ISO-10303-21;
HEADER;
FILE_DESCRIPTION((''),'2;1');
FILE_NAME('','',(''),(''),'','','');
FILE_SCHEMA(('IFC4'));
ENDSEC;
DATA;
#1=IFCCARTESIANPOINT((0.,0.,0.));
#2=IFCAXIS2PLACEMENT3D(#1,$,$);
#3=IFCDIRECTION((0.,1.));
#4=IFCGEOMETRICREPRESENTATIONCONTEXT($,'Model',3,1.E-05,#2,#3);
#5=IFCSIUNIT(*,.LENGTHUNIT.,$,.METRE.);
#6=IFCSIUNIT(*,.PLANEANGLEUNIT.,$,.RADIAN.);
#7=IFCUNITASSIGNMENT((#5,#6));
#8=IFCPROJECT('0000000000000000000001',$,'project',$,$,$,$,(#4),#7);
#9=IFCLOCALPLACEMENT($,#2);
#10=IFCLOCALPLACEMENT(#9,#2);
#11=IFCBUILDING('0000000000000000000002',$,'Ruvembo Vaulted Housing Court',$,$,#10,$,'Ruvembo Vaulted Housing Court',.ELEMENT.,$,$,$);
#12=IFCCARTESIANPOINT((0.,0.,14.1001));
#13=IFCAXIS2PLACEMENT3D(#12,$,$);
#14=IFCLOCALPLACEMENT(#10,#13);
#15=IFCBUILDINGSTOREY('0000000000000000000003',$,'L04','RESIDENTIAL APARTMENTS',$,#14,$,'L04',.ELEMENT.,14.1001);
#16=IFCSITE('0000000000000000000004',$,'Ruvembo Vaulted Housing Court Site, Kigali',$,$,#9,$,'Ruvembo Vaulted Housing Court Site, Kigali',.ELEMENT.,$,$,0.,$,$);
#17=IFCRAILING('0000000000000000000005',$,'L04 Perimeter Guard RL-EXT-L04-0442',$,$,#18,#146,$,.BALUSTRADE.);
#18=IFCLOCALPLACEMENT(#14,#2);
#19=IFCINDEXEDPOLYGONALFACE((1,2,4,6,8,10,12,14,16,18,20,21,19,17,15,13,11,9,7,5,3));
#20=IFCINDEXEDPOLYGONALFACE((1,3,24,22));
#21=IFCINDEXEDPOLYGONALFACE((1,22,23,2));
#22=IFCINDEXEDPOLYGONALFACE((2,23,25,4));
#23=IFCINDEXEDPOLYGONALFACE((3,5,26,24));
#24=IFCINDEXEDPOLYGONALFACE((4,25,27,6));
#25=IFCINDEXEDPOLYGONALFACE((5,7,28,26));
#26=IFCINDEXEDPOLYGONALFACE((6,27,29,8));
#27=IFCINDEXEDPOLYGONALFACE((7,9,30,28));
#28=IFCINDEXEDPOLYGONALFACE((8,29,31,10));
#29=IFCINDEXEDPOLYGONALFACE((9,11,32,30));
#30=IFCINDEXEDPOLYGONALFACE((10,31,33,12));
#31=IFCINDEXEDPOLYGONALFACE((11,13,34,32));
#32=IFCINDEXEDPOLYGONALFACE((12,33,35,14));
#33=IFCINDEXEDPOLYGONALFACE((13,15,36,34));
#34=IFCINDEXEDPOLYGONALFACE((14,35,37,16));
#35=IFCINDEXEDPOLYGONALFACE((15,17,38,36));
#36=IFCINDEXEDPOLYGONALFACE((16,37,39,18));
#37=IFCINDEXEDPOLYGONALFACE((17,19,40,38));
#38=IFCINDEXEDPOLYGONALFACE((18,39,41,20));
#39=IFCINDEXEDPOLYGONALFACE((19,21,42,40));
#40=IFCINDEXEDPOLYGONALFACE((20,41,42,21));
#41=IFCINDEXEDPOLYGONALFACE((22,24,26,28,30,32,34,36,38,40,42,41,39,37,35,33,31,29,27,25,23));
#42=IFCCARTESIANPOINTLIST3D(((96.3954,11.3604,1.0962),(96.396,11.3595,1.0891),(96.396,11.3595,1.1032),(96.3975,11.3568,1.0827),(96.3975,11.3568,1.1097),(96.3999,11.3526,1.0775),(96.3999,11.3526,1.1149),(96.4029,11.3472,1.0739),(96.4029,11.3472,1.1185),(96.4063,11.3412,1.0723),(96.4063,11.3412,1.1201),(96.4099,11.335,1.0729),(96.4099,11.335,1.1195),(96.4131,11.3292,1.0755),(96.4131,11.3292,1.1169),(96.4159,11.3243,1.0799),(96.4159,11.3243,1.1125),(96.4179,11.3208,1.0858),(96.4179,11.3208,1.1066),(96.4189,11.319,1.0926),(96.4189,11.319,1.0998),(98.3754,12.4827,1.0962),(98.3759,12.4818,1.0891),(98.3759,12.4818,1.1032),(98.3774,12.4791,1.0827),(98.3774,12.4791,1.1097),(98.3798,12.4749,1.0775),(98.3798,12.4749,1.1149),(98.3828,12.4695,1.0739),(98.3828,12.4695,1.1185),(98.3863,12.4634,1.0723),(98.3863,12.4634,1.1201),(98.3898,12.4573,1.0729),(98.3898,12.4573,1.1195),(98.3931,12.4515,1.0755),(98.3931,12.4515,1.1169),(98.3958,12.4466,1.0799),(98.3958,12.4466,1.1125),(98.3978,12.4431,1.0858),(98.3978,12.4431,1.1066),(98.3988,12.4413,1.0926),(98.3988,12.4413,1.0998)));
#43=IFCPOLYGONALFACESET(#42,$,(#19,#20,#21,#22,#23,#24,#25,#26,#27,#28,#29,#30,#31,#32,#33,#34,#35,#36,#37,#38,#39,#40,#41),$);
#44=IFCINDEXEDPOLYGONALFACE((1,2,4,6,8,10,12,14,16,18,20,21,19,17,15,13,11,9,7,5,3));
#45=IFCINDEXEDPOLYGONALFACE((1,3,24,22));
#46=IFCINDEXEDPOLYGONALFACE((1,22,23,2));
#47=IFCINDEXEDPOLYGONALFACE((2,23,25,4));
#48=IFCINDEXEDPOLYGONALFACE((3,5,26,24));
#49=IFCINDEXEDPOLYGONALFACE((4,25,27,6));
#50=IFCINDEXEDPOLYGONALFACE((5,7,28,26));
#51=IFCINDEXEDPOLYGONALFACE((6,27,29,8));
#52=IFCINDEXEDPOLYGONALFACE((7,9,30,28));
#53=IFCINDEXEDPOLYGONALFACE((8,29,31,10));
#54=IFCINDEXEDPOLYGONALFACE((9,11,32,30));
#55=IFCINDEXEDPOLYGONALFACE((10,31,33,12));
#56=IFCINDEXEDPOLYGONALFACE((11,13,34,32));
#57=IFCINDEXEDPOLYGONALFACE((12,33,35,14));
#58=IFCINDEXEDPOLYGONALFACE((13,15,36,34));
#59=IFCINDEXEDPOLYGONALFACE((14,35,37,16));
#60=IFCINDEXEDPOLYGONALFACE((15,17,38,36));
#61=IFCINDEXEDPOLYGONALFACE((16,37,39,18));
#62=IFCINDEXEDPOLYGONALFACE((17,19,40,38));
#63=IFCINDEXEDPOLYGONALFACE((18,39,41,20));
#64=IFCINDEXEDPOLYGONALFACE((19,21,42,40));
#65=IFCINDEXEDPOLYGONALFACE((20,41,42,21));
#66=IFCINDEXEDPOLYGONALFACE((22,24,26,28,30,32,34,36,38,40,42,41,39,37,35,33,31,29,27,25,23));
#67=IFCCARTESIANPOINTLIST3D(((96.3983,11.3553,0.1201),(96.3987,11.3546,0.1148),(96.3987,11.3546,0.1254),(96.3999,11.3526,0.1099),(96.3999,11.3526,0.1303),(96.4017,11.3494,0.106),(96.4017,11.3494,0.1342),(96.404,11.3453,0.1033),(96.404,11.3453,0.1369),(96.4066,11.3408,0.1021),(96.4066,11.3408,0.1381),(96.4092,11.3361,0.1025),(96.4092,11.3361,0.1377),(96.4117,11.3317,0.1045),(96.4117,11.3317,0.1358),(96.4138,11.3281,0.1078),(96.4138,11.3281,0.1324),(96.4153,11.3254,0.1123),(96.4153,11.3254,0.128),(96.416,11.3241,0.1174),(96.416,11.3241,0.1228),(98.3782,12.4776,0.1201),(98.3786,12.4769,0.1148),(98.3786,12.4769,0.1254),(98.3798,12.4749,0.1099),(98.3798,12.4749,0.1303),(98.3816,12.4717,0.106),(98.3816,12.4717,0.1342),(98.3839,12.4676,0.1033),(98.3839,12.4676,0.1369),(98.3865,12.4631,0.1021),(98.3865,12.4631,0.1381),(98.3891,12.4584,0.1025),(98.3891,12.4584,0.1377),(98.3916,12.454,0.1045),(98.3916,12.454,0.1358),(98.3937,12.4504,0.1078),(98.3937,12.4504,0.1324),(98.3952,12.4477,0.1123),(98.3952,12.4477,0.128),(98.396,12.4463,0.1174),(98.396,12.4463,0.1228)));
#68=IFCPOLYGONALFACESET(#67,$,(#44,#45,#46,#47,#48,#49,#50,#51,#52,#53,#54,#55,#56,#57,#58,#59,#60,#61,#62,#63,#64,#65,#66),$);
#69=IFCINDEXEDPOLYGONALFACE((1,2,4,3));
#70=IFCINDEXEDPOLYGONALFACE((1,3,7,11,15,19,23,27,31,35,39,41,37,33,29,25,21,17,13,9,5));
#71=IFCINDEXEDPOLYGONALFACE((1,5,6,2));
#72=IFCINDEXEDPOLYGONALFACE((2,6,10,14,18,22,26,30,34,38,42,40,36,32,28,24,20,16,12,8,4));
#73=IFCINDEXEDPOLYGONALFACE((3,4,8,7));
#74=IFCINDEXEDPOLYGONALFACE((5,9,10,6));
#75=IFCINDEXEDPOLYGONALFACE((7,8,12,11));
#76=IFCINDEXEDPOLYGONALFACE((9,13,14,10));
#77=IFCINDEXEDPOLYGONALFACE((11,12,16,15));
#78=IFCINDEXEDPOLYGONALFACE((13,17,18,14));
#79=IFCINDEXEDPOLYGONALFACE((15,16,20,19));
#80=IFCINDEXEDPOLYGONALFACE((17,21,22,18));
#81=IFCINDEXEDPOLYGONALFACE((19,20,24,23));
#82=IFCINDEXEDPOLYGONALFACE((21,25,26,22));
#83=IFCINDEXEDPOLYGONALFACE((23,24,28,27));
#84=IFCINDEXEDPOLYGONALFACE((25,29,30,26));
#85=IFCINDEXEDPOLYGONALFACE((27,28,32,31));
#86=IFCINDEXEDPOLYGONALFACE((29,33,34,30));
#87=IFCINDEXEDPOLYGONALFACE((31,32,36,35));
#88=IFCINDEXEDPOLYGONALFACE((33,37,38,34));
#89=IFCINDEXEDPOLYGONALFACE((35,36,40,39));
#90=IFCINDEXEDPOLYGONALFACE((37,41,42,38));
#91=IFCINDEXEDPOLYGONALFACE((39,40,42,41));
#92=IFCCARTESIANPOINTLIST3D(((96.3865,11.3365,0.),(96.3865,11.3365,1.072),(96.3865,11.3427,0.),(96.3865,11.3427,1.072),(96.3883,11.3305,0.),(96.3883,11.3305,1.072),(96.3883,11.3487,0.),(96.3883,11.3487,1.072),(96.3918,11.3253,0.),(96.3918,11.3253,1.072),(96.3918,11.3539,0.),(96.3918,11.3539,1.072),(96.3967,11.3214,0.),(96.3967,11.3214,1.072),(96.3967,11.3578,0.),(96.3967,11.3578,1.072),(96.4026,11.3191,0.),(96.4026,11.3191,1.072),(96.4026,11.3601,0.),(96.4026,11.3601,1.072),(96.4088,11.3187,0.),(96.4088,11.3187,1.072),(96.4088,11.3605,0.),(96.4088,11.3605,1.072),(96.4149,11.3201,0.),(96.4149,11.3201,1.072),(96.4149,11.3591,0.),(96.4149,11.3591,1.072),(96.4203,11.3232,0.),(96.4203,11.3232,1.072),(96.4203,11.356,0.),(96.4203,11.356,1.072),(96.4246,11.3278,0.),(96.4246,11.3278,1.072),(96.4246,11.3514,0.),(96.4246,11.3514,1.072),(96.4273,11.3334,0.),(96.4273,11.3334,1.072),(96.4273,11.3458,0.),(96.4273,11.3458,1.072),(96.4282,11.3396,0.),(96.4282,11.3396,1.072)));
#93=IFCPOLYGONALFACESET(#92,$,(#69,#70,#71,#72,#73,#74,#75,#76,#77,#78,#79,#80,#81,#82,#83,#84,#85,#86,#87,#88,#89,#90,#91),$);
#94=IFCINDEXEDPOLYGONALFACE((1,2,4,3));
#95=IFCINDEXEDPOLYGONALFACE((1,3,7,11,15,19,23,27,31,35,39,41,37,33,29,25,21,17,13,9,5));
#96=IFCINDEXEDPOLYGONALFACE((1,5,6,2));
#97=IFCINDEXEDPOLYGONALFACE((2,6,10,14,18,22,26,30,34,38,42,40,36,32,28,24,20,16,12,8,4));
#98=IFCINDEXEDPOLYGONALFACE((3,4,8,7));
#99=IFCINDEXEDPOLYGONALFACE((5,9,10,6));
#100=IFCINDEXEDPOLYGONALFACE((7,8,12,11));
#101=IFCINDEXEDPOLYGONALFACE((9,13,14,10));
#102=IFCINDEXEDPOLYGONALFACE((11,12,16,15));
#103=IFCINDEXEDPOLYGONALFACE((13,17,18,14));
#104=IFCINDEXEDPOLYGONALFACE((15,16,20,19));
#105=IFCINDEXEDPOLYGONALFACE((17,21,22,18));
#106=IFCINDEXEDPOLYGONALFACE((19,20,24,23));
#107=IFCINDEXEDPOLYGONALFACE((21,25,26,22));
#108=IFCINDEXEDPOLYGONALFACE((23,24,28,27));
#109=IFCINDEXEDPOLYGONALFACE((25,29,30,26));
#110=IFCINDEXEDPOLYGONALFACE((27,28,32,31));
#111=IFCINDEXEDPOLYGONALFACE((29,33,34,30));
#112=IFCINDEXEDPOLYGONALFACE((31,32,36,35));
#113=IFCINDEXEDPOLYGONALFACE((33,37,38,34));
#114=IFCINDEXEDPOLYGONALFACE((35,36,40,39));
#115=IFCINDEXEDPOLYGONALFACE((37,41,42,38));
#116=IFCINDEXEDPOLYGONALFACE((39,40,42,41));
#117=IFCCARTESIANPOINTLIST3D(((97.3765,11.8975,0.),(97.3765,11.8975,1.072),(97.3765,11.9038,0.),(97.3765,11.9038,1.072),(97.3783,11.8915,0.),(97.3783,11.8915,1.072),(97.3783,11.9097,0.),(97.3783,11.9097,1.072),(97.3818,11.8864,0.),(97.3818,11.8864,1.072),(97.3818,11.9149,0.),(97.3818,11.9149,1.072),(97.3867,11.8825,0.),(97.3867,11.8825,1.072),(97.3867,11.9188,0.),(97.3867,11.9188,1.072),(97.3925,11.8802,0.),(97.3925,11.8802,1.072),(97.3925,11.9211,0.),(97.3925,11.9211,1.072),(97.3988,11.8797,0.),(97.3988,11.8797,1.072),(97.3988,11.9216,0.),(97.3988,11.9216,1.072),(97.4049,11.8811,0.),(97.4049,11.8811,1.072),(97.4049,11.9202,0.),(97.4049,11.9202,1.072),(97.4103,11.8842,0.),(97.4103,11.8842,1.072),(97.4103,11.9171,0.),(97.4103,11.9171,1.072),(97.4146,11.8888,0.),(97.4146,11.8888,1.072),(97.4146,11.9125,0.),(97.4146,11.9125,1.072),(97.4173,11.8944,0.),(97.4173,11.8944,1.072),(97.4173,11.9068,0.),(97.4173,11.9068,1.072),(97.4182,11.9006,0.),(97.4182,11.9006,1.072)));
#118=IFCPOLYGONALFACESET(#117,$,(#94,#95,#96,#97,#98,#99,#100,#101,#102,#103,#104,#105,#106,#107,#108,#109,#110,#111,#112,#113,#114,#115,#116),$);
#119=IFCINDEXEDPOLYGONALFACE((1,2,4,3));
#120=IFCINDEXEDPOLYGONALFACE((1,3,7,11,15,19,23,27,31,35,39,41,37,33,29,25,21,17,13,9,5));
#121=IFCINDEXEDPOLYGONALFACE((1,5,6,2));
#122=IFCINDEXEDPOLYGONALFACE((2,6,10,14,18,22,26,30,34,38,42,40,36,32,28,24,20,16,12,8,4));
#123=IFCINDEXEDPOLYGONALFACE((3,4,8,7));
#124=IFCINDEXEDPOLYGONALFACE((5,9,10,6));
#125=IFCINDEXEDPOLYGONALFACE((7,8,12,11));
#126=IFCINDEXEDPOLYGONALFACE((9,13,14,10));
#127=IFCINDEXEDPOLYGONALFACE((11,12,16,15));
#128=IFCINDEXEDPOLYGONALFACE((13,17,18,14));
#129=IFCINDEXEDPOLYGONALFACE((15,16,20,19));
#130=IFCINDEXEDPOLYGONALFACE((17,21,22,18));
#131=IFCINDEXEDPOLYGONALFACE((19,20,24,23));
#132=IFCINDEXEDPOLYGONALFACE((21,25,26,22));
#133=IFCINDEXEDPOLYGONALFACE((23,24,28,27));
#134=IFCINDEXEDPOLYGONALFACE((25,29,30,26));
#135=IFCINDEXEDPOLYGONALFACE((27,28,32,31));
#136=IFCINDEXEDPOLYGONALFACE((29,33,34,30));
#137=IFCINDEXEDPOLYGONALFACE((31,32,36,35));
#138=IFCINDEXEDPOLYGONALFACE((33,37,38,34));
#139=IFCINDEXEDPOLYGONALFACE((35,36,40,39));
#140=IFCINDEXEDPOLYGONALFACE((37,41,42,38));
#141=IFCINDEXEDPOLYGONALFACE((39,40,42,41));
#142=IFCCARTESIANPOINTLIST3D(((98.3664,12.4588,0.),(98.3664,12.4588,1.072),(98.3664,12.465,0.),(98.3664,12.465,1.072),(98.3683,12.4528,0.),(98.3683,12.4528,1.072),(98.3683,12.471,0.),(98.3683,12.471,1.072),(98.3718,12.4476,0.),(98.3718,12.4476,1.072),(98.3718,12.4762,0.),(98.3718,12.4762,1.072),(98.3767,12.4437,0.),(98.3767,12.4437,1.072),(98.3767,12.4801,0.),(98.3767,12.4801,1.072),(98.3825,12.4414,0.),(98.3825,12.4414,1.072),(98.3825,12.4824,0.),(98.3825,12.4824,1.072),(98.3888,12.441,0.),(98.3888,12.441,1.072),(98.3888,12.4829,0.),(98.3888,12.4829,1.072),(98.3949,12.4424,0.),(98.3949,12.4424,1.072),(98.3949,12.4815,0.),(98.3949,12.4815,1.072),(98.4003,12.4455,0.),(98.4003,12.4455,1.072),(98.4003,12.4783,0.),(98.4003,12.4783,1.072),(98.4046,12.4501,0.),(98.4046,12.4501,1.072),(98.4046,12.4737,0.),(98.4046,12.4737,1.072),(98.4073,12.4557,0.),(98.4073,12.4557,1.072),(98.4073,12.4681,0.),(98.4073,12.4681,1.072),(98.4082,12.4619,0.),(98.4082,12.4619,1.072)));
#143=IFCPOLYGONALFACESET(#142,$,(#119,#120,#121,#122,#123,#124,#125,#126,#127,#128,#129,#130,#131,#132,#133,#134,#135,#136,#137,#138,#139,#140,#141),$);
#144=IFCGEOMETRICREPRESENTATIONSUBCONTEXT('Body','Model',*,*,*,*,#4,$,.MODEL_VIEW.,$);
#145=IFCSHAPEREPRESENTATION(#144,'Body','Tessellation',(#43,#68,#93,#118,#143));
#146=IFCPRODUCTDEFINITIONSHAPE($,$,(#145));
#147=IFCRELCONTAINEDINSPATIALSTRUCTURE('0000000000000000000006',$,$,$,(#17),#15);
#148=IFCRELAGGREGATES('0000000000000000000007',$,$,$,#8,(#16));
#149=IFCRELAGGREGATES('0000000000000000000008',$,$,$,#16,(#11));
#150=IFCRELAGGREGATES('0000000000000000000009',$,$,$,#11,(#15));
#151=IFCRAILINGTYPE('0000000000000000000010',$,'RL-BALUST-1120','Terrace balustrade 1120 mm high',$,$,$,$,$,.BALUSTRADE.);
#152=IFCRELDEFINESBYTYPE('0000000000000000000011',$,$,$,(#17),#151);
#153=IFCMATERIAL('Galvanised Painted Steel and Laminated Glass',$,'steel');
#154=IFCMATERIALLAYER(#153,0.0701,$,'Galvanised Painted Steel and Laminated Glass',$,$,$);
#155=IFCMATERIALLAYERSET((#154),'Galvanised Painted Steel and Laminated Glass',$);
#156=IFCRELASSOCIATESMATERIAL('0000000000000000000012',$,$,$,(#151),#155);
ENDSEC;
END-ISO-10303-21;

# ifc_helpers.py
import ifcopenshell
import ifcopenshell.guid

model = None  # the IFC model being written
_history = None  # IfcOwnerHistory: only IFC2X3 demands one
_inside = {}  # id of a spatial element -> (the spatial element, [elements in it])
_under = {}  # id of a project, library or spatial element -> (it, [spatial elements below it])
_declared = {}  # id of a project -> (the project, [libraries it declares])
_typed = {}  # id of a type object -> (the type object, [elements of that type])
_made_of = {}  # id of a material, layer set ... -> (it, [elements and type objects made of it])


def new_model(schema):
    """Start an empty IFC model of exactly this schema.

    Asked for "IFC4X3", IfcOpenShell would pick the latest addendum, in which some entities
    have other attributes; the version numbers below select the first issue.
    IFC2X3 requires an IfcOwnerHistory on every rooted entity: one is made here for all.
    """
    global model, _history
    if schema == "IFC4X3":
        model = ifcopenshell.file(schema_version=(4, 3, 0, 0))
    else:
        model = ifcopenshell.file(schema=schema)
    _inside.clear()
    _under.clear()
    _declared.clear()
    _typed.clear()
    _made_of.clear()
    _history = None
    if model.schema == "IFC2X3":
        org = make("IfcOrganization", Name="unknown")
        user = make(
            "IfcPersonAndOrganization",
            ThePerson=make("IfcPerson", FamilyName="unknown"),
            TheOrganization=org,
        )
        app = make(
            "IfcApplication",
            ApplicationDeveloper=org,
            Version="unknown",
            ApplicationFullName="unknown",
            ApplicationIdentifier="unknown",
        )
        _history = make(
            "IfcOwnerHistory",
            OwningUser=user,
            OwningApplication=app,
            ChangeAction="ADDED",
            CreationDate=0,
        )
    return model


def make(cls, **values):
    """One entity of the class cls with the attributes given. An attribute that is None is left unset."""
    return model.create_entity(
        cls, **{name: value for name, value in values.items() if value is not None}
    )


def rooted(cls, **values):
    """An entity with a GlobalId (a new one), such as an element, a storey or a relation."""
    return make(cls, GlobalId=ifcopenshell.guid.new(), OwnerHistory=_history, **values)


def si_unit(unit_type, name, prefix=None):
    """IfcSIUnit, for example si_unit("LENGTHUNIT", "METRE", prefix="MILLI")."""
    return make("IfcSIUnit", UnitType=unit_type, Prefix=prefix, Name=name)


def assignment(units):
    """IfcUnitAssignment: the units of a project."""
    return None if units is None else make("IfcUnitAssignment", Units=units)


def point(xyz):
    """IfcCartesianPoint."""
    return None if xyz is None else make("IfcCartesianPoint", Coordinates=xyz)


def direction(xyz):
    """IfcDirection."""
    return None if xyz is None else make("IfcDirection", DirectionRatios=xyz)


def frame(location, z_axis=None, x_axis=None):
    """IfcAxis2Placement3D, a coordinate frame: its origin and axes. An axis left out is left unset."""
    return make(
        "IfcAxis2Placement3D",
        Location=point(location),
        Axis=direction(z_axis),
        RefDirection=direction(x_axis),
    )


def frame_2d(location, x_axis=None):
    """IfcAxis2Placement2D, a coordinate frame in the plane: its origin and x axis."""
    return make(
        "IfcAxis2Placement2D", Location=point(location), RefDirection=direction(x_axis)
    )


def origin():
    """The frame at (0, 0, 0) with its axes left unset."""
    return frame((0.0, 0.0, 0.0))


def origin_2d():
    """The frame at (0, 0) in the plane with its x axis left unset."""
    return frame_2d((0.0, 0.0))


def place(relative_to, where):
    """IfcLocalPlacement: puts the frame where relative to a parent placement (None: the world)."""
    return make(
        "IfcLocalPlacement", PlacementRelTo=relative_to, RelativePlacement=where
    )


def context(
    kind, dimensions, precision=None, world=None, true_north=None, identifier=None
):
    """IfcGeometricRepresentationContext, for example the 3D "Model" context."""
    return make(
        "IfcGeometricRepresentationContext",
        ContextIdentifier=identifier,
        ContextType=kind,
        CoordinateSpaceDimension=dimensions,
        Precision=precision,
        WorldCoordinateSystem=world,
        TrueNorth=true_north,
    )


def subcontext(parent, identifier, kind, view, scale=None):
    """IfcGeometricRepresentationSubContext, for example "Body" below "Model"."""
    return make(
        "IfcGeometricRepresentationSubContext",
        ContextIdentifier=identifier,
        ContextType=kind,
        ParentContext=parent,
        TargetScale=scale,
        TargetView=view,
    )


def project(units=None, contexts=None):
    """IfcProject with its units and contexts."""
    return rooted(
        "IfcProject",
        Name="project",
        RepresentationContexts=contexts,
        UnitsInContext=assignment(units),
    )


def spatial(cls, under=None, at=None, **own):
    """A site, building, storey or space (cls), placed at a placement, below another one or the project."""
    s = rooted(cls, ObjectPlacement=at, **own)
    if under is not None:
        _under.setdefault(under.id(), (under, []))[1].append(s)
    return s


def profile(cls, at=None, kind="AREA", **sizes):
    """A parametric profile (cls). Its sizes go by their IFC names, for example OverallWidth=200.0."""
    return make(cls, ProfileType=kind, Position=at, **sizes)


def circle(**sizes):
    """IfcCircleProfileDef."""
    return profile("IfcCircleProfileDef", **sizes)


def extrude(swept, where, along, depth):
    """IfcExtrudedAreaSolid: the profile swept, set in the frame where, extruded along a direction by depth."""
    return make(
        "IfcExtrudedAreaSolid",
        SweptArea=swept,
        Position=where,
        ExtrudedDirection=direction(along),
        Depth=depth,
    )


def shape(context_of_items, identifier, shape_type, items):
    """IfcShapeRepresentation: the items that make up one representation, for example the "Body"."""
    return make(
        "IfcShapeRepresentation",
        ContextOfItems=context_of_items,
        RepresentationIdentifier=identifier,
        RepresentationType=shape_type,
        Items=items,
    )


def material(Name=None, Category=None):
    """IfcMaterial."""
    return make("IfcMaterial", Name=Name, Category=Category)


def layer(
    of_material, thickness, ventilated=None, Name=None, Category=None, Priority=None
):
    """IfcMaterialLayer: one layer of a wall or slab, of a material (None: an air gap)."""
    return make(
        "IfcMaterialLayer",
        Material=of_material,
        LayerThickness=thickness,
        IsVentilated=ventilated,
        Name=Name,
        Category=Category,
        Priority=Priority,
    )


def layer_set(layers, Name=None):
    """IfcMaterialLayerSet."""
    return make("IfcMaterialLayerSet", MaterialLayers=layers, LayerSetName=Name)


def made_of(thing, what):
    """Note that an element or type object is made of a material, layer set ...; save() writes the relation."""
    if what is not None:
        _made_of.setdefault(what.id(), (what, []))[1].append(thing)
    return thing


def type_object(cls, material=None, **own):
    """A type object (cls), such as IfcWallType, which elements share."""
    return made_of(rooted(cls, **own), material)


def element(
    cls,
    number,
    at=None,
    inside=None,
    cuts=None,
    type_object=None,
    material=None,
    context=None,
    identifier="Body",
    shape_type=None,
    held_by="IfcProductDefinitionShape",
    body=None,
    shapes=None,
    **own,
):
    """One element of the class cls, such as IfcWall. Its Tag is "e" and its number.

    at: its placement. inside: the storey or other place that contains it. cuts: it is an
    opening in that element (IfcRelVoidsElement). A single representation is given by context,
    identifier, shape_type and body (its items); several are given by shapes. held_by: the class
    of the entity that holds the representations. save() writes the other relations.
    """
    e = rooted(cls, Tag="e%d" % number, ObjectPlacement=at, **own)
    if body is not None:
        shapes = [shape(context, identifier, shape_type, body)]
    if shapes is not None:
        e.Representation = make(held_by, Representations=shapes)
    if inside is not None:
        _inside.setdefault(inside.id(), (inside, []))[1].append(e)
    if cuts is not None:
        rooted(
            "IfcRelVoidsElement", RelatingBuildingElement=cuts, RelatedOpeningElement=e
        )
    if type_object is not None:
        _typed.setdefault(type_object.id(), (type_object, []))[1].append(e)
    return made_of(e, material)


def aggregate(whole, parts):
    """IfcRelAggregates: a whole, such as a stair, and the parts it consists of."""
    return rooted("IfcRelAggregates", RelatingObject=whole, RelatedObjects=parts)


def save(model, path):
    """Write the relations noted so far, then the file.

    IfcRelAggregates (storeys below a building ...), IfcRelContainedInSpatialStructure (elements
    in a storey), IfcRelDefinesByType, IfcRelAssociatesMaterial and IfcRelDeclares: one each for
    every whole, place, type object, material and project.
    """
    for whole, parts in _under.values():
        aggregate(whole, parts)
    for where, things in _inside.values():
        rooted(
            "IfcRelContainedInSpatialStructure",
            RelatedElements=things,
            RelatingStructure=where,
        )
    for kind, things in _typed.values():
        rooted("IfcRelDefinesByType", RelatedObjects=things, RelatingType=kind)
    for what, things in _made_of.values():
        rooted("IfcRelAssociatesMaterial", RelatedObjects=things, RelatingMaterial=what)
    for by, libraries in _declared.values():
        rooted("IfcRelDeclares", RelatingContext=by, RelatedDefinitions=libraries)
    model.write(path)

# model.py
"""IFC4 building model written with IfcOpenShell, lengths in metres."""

from ifc_helpers import new_model, si_unit, direction, frame, origin, origin_2d, place, context, subcontext, project, spatial, circle, extrude, material, layer, layer_set, type_object, element, save


model = new_model("IFC4")

# Units and contexts
model_context = context("Model", 3, precision=1e-05, world=origin(), true_north=direction((0.0, 1.0)))
body_context = subcontext(model_context, "Body", "Model", "MODEL_VIEW")
ifc_project = project(units=[si_unit("LENGTHUNIT", "METRE"), si_unit("PLANEANGLEUNIT", "RADIAN")], contexts=[model_context])

# Site, building, storey
site_placement = place(None, origin())
site = spatial("IfcSite", under=ifc_project, at=site_placement, Name="Ruvembo Vaulted Housing Court Site, Kigali", LongName="Ruvembo Vaulted Housing Court Site, Kigali", CompositionType="ELEMENT", RefElevation=0.0)
building_placement = place(site_placement, origin())
building = spatial("IfcBuilding", under=site, at=building_placement, Name="Ruvembo Vaulted Housing Court", LongName="Ruvembo Vaulted Housing Court", CompositionType="ELEMENT")
storey_placement = place(building_placement, frame((0.0, 0.0, 14.1001)))
storey = spatial("IfcBuildingStorey", under=building, at=storey_placement, Name="L04", Description="RESIDENTIAL APARTMENTS", LongName="L04", CompositionType="ELEMENT", Elevation=14.1001)

# Railing
ifc_material_1 = material(Name="Galvanised Painted Steel and Laminated Glass", Category="steel")
ifc_layer_1 = layer(ifc_material_1, 0.0701, Name="Galvanised Painted Steel and Laminated Glass")
ifc_layer_set_1 = layer_set([ifc_layer_1], Name="Galvanised Painted Steel and Laminated Glass")
railing_type_1 = type_object("IfcRailingType", Name="RL-BALUST-1120", Description="Terrace balustrade 1120 mm high", PredefinedType="BALUSTRADE", material=ifc_layer_set_1)
railing_1_placement = place(storey_placement, frame((96.4072, 11.3396, 0.0)))
element("IfcRailing", 1, at=railing_1_placement, inside=storey, type_object=railing_type_1, Name="L04 Perimeter Guard RL-EXT-L04-0442", PredefinedType="BALUSTRADE", context=body_context, shape_type="SweptSolid", body=[
    extrude(circle(Radius=0.0239, at=origin_2d()), frame((0.0, 0.0, 1.0962), z_axis=(0.869961, 0.493121, 0.0), x_axis=(-0.493121, 0.869961, 0.0)), (0.0, 0.0, 1.0), 2.2759),
    extrude(circle(Radius=0.0181, at=origin_2d()), frame((0.0, 0.0, 0.1201), z_axis=(0.869961, 0.493121, 0.0), x_axis=(-0.493121, 0.869961, 0.0)), (0.0, 0.0, 1.0), 2.2759),
    extrude(circle(Radius=0.021, at=origin_2d()), origin(), (0.0, 0.0, 1.0), 1.072),
    extrude(circle(Radius=0.021, at=origin_2d()), frame((0.99, 0.561, 0.0)), (0.0, 0.0, 1.0), 1.072),
    extrude(circle(Radius=0.021, at=origin_2d()), frame((1.98, 1.1223, 0.0)), (0.0, 0.0, 1.0), 1.072),
])

save(model, "model.ifc")
